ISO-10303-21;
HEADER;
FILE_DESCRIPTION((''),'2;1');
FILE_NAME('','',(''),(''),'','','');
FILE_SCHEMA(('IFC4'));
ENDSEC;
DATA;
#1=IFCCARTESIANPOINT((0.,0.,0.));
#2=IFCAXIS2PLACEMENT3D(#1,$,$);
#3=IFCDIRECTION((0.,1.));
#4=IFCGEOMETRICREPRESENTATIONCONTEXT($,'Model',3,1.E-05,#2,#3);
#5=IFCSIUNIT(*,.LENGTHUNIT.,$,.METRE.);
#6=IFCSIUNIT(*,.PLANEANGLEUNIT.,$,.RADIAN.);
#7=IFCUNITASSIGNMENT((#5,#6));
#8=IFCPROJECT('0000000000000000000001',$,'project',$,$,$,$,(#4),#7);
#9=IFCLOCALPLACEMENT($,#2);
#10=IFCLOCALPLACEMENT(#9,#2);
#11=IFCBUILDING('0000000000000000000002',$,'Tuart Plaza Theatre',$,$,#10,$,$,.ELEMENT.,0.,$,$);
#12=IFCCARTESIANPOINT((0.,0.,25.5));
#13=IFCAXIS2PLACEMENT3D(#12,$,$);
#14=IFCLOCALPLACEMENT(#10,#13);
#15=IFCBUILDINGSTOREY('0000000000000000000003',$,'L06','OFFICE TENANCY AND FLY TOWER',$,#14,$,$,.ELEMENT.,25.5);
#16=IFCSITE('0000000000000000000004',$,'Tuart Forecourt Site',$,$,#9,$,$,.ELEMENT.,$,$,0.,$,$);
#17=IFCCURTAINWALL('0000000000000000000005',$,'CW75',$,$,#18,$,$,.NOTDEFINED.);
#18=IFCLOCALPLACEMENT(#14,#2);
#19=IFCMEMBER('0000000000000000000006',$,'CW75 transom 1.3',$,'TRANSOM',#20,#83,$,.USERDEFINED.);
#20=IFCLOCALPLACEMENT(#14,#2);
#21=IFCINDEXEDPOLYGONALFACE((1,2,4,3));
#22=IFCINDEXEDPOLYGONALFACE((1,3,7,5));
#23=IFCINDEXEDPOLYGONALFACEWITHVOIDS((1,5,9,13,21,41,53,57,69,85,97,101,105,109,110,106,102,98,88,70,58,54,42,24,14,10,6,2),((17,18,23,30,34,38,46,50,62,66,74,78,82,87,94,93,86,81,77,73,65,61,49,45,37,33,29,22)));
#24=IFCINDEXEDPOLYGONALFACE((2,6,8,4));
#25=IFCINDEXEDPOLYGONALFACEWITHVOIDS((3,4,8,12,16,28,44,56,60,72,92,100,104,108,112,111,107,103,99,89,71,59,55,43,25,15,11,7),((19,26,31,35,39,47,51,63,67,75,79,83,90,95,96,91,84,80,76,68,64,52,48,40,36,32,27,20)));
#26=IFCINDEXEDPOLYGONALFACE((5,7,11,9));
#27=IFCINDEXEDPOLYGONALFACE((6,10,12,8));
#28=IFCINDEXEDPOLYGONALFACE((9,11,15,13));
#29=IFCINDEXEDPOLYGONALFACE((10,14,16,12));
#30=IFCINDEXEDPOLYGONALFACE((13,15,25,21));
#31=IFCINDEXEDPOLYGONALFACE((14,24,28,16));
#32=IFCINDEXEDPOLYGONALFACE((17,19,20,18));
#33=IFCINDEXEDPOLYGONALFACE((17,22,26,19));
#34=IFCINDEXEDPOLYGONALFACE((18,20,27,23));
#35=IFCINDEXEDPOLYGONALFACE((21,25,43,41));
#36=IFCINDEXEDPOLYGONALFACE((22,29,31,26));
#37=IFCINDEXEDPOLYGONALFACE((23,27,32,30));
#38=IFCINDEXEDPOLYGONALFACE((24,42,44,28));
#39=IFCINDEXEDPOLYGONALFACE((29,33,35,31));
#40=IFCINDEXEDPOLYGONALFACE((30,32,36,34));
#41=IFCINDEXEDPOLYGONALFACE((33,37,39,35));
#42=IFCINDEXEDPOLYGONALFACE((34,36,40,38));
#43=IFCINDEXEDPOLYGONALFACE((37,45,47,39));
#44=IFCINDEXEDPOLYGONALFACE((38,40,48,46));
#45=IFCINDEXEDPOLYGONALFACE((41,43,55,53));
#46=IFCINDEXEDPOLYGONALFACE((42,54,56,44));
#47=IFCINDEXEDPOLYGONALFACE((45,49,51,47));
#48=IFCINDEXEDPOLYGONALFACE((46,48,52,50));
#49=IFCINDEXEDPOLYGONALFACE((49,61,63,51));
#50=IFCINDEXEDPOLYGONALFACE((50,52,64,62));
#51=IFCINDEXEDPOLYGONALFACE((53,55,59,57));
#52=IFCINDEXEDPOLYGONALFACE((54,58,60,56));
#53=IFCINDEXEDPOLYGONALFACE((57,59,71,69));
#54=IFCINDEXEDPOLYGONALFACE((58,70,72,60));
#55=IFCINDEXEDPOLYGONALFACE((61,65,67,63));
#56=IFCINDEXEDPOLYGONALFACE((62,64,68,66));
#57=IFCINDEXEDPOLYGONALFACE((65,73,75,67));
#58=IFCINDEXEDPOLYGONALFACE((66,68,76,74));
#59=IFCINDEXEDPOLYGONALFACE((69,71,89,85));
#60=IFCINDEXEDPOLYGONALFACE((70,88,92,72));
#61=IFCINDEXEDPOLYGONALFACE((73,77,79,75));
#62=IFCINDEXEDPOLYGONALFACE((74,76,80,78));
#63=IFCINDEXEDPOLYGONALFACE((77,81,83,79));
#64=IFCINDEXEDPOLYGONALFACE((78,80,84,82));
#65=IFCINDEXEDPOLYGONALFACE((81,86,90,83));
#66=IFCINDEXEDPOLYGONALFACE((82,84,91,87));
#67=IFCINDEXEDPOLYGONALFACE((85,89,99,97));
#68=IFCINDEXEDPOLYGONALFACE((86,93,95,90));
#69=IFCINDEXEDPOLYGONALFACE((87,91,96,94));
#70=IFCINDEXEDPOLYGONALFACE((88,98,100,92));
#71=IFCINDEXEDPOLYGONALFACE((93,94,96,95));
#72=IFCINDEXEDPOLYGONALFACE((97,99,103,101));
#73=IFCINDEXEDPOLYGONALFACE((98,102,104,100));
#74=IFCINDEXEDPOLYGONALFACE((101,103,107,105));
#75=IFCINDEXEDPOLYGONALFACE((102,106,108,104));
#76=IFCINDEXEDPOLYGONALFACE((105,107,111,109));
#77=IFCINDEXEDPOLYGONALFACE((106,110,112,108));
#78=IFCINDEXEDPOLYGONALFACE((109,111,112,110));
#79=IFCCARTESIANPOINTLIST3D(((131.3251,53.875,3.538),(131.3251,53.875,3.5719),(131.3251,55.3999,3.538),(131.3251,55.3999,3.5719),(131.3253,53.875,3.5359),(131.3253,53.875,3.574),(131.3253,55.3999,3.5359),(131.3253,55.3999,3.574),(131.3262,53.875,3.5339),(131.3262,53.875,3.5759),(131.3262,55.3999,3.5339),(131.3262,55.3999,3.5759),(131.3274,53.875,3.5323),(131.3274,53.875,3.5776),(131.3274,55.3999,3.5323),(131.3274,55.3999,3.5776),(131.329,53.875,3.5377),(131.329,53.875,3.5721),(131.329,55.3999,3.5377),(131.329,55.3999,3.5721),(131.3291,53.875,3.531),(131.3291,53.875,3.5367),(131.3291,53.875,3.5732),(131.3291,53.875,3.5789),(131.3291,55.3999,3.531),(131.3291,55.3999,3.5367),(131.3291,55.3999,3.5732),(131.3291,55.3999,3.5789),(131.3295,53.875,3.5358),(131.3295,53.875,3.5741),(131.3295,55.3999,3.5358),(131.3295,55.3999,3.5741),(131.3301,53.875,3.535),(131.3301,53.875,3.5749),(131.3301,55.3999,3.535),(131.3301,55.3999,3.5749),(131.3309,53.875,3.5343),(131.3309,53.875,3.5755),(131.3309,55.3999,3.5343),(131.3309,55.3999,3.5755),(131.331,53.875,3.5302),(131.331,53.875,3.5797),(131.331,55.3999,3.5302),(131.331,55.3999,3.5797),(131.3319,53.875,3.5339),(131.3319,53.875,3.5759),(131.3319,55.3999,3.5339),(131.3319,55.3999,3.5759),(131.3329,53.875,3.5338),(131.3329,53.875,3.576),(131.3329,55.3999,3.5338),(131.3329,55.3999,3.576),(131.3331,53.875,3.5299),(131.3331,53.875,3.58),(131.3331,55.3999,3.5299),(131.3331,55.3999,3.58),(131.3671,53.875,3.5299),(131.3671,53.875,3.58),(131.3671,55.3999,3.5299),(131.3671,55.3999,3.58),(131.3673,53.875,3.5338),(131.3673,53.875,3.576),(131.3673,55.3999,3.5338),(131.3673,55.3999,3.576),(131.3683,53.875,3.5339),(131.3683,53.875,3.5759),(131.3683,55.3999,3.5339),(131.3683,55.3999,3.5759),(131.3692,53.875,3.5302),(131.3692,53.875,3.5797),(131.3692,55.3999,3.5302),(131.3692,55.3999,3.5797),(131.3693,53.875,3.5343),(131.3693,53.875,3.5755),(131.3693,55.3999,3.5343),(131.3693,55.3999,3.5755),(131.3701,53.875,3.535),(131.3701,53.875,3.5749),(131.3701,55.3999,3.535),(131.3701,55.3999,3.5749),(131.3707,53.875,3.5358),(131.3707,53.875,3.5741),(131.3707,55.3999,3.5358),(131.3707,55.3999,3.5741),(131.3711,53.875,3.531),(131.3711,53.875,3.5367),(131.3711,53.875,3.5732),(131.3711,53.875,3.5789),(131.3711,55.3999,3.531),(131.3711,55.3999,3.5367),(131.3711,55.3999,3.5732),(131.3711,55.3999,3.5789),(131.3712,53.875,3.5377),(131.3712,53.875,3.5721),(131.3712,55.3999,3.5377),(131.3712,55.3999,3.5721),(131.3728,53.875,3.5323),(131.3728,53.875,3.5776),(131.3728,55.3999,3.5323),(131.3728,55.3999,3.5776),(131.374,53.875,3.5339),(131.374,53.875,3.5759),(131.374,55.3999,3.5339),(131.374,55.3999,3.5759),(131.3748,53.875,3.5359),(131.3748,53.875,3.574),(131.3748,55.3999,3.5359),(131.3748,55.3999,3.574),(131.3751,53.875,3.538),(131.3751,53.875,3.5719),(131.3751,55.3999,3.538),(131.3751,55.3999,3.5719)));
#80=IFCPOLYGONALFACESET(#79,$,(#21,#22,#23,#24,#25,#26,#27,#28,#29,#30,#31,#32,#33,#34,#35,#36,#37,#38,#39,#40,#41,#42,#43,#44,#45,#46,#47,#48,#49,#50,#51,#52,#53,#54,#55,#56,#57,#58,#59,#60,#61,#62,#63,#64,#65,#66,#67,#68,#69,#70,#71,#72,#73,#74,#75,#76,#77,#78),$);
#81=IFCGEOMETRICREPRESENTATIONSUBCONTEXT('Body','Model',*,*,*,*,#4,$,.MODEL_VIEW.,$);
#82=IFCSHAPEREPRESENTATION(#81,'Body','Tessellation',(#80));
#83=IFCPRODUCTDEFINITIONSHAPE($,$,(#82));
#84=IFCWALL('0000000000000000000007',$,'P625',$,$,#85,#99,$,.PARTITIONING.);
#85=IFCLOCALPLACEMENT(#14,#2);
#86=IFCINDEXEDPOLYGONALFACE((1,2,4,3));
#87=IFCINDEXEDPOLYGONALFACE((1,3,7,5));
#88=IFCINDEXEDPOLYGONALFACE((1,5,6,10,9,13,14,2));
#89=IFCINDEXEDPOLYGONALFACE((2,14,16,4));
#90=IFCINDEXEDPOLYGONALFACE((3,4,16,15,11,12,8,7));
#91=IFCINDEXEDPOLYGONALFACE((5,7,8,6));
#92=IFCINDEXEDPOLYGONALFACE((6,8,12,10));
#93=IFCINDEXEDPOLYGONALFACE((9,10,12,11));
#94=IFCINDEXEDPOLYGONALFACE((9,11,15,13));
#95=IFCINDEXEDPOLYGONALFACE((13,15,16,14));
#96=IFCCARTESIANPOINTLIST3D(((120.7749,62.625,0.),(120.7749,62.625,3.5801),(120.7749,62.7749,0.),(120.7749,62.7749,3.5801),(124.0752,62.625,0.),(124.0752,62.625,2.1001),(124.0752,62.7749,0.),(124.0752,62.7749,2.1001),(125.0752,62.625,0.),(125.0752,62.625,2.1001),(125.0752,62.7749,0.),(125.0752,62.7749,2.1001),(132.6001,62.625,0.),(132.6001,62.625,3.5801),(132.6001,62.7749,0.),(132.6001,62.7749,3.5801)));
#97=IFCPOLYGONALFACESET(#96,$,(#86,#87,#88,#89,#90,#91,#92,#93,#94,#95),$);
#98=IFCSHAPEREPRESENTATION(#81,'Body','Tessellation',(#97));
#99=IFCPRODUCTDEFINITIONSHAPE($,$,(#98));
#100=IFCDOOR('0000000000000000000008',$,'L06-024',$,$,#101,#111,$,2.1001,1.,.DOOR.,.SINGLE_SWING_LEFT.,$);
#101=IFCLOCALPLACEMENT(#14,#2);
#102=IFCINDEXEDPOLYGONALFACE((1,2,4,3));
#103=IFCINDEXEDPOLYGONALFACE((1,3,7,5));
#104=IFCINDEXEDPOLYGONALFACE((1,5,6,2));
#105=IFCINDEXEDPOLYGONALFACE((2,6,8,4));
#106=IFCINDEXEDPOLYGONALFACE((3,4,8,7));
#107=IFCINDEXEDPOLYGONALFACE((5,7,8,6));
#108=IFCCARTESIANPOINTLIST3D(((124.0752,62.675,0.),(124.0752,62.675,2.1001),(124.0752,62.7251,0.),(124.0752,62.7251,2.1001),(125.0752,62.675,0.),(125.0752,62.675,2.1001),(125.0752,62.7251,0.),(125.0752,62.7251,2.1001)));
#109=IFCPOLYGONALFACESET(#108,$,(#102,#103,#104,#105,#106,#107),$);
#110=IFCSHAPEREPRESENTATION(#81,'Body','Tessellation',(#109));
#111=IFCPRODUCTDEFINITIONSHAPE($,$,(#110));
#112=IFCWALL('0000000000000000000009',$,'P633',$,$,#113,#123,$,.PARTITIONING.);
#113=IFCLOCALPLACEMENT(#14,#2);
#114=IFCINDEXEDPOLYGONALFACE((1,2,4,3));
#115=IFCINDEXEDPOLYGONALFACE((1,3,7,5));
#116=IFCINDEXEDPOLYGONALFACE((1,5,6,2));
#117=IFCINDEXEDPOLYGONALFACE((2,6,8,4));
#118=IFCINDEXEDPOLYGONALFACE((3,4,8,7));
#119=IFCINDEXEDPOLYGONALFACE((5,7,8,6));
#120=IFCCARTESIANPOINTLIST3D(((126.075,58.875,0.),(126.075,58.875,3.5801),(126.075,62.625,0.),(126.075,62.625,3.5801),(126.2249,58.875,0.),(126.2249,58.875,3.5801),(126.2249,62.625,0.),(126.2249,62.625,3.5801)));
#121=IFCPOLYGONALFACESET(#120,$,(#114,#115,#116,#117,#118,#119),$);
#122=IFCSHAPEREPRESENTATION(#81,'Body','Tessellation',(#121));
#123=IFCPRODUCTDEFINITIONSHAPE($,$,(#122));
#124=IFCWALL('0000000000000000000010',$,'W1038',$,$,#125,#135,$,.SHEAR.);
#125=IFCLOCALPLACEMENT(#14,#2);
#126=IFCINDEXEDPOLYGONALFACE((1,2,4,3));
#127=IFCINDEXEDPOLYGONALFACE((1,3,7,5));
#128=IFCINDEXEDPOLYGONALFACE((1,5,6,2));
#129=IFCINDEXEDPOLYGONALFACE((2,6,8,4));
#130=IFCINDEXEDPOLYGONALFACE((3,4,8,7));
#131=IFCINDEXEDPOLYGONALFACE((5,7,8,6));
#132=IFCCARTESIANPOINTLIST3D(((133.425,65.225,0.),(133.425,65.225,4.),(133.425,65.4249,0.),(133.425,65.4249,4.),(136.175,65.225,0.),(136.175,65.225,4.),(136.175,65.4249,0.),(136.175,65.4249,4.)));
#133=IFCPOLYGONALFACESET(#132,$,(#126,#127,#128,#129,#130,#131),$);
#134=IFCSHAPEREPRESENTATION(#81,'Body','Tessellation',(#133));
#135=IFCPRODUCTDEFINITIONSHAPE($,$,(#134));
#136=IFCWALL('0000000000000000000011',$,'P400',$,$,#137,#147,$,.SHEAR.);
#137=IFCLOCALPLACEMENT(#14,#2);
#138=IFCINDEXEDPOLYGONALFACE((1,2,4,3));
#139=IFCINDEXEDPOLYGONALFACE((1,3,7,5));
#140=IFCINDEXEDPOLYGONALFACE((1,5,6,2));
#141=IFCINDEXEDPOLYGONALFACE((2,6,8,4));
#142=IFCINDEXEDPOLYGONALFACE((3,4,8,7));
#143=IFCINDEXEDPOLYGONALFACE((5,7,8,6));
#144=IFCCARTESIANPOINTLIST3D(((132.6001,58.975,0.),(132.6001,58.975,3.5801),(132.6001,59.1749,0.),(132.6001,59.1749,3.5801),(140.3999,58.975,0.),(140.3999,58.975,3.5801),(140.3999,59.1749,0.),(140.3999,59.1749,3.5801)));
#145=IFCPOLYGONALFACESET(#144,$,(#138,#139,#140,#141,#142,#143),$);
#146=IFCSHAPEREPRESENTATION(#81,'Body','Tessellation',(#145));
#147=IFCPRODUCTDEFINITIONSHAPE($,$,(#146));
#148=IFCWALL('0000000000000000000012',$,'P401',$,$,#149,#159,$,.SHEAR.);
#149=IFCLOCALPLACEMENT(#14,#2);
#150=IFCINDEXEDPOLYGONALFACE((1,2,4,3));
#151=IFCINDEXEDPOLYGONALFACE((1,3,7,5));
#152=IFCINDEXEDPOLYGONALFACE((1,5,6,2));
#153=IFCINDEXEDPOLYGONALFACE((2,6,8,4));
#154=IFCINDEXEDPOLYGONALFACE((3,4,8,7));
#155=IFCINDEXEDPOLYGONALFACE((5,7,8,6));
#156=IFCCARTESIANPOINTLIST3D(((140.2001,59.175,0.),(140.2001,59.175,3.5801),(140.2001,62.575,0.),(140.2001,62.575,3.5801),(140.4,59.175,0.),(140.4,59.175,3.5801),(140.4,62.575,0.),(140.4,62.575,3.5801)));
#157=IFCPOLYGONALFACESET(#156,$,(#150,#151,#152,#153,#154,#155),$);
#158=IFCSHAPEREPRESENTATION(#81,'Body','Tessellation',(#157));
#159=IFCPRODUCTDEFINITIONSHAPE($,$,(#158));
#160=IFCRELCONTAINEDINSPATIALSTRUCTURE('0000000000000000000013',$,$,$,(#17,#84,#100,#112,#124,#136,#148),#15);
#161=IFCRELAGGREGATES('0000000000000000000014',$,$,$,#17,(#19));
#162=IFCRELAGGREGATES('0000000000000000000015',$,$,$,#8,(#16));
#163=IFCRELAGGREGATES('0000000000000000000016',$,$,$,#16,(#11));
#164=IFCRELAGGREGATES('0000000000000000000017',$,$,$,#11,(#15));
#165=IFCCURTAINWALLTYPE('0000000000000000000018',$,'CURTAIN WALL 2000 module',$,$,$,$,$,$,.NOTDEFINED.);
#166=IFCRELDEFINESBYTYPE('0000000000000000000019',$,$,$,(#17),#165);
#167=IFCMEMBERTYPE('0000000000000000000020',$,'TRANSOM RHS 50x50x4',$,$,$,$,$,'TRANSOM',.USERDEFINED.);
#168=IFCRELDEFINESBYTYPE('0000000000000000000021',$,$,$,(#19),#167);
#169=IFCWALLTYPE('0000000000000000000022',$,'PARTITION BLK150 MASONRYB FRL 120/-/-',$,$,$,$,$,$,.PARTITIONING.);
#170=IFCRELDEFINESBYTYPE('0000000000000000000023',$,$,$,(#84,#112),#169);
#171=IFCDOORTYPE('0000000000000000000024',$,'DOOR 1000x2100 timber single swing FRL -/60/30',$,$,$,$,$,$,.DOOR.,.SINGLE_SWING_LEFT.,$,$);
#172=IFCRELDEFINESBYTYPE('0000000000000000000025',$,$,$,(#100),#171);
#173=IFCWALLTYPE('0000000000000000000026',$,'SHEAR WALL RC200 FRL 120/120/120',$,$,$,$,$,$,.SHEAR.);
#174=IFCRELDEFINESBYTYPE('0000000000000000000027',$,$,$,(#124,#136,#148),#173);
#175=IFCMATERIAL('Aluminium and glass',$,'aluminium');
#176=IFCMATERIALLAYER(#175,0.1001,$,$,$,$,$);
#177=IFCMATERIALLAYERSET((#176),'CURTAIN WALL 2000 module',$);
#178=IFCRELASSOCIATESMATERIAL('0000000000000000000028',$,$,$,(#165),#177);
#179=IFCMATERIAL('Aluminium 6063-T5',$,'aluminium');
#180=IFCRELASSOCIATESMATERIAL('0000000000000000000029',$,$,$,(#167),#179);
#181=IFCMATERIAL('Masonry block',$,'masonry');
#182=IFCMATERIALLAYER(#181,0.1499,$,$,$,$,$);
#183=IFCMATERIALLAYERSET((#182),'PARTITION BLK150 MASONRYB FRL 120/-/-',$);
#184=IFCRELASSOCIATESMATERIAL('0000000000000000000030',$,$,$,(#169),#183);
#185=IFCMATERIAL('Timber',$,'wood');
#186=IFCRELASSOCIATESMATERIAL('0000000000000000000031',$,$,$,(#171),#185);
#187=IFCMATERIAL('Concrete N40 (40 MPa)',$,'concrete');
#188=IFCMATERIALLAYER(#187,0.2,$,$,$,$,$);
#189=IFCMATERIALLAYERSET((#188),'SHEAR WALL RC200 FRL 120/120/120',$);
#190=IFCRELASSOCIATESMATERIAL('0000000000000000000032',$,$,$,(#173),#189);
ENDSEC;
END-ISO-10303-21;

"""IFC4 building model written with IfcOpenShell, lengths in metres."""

from ifc_helpers import new_model, si_unit, direction, frame, frame_2d, origin, origin_2d, place, context, subcontext, project, spatial, rectangle, hollow_rectangle, extrude, material, layer, layer_set, material_profile, profile_set, type_object, element, fill, aggregate, save


model = new_model("IFC4")

# Units and contexts
model_context = context("Model", 3, precision=1e-05, world=origin(), true_north=direction((0.0, 1.0)))
body_context = subcontext(model_context, "Body", "Model", "MODEL_VIEW")
ifc_project = project(units=[si_unit("LENGTHUNIT", "METRE"), si_unit("PLANEANGLEUNIT", "RADIAN")], contexts=[model_context])

# Site, building, storey
site_placement = place(None, origin())
site = spatial("IfcSite", under=ifc_project, at=site_placement, Name="Tuart Forecourt Site", CompositionType="ELEMENT", RefElevation=0.0)
building_placement = place(site_placement, origin())
building = spatial("IfcBuilding", under=site, at=building_placement, Name="Tuart Plaza Theatre", CompositionType="ELEMENT", ElevationOfRefHeight=0.0)
storey_placement = place(building_placement, frame((0.0, 0.0, 25.5)))
storey = spatial("IfcBuildingStorey", under=building, at=storey_placement, Name="L06", Description="OFFICE TENANCY AND FLY TOWER", CompositionType="ELEMENT", Elevation=25.5)

# Curtain wall
ifc_material_1 = material(Name="Aluminium and glass", Category="aluminium")
ifc_layer_1 = layer(ifc_material_1, 0.1001)
ifc_layer_set_1 = layer_set([ifc_layer_1], Name="CURTAIN WALL 2000 module")
curtain_wall_type = type_object("IfcCurtainWallType", Name="CURTAIN WALL 2000 module", PredefinedType="NOTDEFINED", material=ifc_layer_set_1)
curtain_wall_1_placement = place(storey_placement, origin())
curtain_wall_1 = element("IfcCurtainWall", 1, at=curtain_wall_1_placement, inside=storey, type_object=curtain_wall_type, Name="CW75", PredefinedType="NOTDEFINED")

# Member
ifc_material_2 = material(Name="Aluminium 6063-T5", Category="aluminium")
ifc_material_profile_1 = material_profile(ifc_material_2, hollow_rectangle(XDim=0.05, YDim=0.05, WallThickness=0.0039, InnerFilletRadius=0.0039, OuterFilletRadius=0.0081, at=origin_2d()), Name="RHS 50x50x4")
ifc_profile_set_1 = profile_set([ifc_material_profile_1], Name="Aluminium 6063-T5")
member_type_1 = type_object("IfcMemberType", Name="TRANSOM RHS 50x50x4", ElementType="TRANSOM", PredefinedType="USERDEFINED", material=ifc_profile_set_1)
member_1_placement = place(storey_placement, frame((131.3501, 55.3999, 3.5549), z_axis=(0.0, -1.0, 0.0), x_axis=(1.0, 0.0, 0.0)))
member_1 = element("IfcMember", 2, at=member_1_placement, type_object=member_type_1, Name="CW75 transom 1.3", ObjectType="TRANSOM", PredefinedType="USERDEFINED", context=body_context, shape_type="SweptSolid", body=[
    extrude(hollow_rectangle(XDim=0.05, YDim=0.05, WallThickness=0.0039, InnerFilletRadius=0.0039, OuterFilletRadius=0.0081, at=origin_2d()), origin(), (0.0, 0.0, 1.0), 1.5249),
])
aggregate(curtain_wall_1, [member_1])

# Wall, opening, door
ifc_material_3 = material(Name="Masonry block", Category="masonry")
ifc_layer_2 = layer(ifc_material_3, 0.1499)
ifc_layer_set_2 = layer_set([ifc_layer_2], Name="PARTITION BLK150 MASONRYB FRL 120/-/-")
wall_type_1 = type_object("IfcWallType", Name="PARTITION BLK150 MASONRYB FRL 120/-/-", PredefinedType="PARTITIONING", material=ifc_layer_set_2)
wall_1_placement = place(storey_placement, frame((132.6001, 62.7, 0.0), z_axis=(0.0, 0.0, 1.0), x_axis=(-1.0, 0.0, 0.0)))
wall_1 = element("IfcWall", 3, at=wall_1_placement, inside=storey, type_object=wall_type_1, Name="P625", PredefinedType="PARTITIONING", context=body_context, shape_type="SweptSolid", body=[
    extrude(rectangle(XDim=11.8252, YDim=0.1499, at=frame_2d((5.9126, 0.0))), origin(), (0.0, 0.0, 1.0), 3.5801),
])
opening_1_placement = place(wall_1_placement, frame((7.5249, 0.0, 0.0)))
opening_1 = element("IfcOpeningElement", 4, at=opening_1_placement, cuts=wall_1, PredefinedType="OPENING", context=body_context, shape_type="SweptSolid", body=[
    extrude(rectangle(XDim=1.0, YDim=2.1001, at=frame_2d((0.5, 1.05))), frame((0.0, 0.085, 0.0), z_axis=(0.0, -1.0, 0.0), x_axis=(1.0, 0.0, 0.0)), (0.0, 0.0, 1.0), 0.1699),
])
ifc_material_4 = material(Name="Timber", Category="wood")
door_type_1 = type_object("IfcDoorType", Name="DOOR 1000x2100 timber single swing FRL -/60/30", OperationType="SINGLE_SWING_LEFT", PredefinedType="DOOR", material=ifc_material_4)
door_1_placement = place(opening_1_placement, origin())
door_1 = element("IfcDoor", 5, at=door_1_placement, inside=storey, type_object=door_type_1, Name="L06-024", OperationType="SINGLE_SWING_LEFT", OverallHeight=2.1001, OverallWidth=1.0, PredefinedType="DOOR", context=body_context, shape_type="SweptSolid", body=[
    extrude(rectangle(XDim=1.0, YDim=2.1001, at=frame_2d((0.5, 1.05))), frame((0.0, 0.0249, 0.0), z_axis=(0.0, -1.0, 0.0), x_axis=(1.0, 0.0, 0.0)), (0.0, 0.0, 1.0), 0.05),
])
fill(opening_1, door_1)

# Walls
wall_2_placement = place(storey_placement, frame((126.1499, 62.625, 0.0), z_axis=(0.0, 0.0, 1.0), x_axis=(0.0, -1.0, 0.0)))
element("IfcWall", 6, at=wall_2_placement, inside=storey, type_object=wall_type_1, Name="P633", PredefinedType="PARTITIONING", context=body_context, shape_type="SweptSolid", body=[
    extrude(rectangle(XDim=3.75, YDim=0.1499, at=frame_2d((1.875, 0.0))), origin(), (0.0, 0.0, 1.0), 3.5801),
])
ifc_material_5 = material(Name="Concrete N40 (40 MPa)", Category="concrete")
ifc_layer_3 = layer(ifc_material_5, 0.2)
ifc_layer_set_3 = layer_set([ifc_layer_3], Name="SHEAR WALL RC200 FRL 120/120/120")
wall_type_2 = type_object("IfcWallType", Name="SHEAR WALL RC200 FRL 120/120/120", PredefinedType="SHEAR", material=ifc_layer_set_3)
wall_3_placement = place(storey_placement, frame((133.425, 65.325, 0.0), z_axis=(0.0, 0.0, 1.0), x_axis=(1.0, 0.0, 0.0)))
element("IfcWall", 7, at=wall_3_placement, inside=storey, type_object=wall_type_2, Name="W1038", PredefinedType="SHEAR", context=body_context, shape_type="SweptSolid", body=[
    extrude(rectangle(XDim=2.75, YDim=0.2, at=frame_2d((1.375, 0.0))), origin(), (0.0, 0.0, 1.0), 4.0),
])
wall_4_placement = place(storey_placement, frame((132.6001, 59.075, 0.0), z_axis=(0.0, 0.0, 1.0), x_axis=(1.0, 0.0, 0.0)))
element("IfcWall", 8, at=wall_4_placement, inside=storey, type_object=wall_type_2, Name="P400", PredefinedType="SHEAR", context=body_context, shape_type="SweptSolid", body=[
    extrude(rectangle(XDim=7.7998, YDim=0.2, at=frame_2d((3.8999, 0.0))), origin(), (0.0, 0.0, 1.0), 3.5801),
])
wall_5_placement = place(storey_placement, frame((140.3, 59.175, 0.0), z_axis=(0.0, 0.0, 1.0), x_axis=(0.0, 1.0, 0.0)))
element("IfcWall", 9, at=wall_5_placement, inside=storey, type_object=wall_type_2, Name="P401", PredefinedType="SHEAR", context=body_context, shape_type="SweptSolid", body=[
    extrude(rectangle(XDim=3.3999, YDim=0.2, at=frame_2d((1.7, 0.0))), origin(), (0.0, 0.0, 1.0), 3.5801),
])

save(model, "model.ifc")
